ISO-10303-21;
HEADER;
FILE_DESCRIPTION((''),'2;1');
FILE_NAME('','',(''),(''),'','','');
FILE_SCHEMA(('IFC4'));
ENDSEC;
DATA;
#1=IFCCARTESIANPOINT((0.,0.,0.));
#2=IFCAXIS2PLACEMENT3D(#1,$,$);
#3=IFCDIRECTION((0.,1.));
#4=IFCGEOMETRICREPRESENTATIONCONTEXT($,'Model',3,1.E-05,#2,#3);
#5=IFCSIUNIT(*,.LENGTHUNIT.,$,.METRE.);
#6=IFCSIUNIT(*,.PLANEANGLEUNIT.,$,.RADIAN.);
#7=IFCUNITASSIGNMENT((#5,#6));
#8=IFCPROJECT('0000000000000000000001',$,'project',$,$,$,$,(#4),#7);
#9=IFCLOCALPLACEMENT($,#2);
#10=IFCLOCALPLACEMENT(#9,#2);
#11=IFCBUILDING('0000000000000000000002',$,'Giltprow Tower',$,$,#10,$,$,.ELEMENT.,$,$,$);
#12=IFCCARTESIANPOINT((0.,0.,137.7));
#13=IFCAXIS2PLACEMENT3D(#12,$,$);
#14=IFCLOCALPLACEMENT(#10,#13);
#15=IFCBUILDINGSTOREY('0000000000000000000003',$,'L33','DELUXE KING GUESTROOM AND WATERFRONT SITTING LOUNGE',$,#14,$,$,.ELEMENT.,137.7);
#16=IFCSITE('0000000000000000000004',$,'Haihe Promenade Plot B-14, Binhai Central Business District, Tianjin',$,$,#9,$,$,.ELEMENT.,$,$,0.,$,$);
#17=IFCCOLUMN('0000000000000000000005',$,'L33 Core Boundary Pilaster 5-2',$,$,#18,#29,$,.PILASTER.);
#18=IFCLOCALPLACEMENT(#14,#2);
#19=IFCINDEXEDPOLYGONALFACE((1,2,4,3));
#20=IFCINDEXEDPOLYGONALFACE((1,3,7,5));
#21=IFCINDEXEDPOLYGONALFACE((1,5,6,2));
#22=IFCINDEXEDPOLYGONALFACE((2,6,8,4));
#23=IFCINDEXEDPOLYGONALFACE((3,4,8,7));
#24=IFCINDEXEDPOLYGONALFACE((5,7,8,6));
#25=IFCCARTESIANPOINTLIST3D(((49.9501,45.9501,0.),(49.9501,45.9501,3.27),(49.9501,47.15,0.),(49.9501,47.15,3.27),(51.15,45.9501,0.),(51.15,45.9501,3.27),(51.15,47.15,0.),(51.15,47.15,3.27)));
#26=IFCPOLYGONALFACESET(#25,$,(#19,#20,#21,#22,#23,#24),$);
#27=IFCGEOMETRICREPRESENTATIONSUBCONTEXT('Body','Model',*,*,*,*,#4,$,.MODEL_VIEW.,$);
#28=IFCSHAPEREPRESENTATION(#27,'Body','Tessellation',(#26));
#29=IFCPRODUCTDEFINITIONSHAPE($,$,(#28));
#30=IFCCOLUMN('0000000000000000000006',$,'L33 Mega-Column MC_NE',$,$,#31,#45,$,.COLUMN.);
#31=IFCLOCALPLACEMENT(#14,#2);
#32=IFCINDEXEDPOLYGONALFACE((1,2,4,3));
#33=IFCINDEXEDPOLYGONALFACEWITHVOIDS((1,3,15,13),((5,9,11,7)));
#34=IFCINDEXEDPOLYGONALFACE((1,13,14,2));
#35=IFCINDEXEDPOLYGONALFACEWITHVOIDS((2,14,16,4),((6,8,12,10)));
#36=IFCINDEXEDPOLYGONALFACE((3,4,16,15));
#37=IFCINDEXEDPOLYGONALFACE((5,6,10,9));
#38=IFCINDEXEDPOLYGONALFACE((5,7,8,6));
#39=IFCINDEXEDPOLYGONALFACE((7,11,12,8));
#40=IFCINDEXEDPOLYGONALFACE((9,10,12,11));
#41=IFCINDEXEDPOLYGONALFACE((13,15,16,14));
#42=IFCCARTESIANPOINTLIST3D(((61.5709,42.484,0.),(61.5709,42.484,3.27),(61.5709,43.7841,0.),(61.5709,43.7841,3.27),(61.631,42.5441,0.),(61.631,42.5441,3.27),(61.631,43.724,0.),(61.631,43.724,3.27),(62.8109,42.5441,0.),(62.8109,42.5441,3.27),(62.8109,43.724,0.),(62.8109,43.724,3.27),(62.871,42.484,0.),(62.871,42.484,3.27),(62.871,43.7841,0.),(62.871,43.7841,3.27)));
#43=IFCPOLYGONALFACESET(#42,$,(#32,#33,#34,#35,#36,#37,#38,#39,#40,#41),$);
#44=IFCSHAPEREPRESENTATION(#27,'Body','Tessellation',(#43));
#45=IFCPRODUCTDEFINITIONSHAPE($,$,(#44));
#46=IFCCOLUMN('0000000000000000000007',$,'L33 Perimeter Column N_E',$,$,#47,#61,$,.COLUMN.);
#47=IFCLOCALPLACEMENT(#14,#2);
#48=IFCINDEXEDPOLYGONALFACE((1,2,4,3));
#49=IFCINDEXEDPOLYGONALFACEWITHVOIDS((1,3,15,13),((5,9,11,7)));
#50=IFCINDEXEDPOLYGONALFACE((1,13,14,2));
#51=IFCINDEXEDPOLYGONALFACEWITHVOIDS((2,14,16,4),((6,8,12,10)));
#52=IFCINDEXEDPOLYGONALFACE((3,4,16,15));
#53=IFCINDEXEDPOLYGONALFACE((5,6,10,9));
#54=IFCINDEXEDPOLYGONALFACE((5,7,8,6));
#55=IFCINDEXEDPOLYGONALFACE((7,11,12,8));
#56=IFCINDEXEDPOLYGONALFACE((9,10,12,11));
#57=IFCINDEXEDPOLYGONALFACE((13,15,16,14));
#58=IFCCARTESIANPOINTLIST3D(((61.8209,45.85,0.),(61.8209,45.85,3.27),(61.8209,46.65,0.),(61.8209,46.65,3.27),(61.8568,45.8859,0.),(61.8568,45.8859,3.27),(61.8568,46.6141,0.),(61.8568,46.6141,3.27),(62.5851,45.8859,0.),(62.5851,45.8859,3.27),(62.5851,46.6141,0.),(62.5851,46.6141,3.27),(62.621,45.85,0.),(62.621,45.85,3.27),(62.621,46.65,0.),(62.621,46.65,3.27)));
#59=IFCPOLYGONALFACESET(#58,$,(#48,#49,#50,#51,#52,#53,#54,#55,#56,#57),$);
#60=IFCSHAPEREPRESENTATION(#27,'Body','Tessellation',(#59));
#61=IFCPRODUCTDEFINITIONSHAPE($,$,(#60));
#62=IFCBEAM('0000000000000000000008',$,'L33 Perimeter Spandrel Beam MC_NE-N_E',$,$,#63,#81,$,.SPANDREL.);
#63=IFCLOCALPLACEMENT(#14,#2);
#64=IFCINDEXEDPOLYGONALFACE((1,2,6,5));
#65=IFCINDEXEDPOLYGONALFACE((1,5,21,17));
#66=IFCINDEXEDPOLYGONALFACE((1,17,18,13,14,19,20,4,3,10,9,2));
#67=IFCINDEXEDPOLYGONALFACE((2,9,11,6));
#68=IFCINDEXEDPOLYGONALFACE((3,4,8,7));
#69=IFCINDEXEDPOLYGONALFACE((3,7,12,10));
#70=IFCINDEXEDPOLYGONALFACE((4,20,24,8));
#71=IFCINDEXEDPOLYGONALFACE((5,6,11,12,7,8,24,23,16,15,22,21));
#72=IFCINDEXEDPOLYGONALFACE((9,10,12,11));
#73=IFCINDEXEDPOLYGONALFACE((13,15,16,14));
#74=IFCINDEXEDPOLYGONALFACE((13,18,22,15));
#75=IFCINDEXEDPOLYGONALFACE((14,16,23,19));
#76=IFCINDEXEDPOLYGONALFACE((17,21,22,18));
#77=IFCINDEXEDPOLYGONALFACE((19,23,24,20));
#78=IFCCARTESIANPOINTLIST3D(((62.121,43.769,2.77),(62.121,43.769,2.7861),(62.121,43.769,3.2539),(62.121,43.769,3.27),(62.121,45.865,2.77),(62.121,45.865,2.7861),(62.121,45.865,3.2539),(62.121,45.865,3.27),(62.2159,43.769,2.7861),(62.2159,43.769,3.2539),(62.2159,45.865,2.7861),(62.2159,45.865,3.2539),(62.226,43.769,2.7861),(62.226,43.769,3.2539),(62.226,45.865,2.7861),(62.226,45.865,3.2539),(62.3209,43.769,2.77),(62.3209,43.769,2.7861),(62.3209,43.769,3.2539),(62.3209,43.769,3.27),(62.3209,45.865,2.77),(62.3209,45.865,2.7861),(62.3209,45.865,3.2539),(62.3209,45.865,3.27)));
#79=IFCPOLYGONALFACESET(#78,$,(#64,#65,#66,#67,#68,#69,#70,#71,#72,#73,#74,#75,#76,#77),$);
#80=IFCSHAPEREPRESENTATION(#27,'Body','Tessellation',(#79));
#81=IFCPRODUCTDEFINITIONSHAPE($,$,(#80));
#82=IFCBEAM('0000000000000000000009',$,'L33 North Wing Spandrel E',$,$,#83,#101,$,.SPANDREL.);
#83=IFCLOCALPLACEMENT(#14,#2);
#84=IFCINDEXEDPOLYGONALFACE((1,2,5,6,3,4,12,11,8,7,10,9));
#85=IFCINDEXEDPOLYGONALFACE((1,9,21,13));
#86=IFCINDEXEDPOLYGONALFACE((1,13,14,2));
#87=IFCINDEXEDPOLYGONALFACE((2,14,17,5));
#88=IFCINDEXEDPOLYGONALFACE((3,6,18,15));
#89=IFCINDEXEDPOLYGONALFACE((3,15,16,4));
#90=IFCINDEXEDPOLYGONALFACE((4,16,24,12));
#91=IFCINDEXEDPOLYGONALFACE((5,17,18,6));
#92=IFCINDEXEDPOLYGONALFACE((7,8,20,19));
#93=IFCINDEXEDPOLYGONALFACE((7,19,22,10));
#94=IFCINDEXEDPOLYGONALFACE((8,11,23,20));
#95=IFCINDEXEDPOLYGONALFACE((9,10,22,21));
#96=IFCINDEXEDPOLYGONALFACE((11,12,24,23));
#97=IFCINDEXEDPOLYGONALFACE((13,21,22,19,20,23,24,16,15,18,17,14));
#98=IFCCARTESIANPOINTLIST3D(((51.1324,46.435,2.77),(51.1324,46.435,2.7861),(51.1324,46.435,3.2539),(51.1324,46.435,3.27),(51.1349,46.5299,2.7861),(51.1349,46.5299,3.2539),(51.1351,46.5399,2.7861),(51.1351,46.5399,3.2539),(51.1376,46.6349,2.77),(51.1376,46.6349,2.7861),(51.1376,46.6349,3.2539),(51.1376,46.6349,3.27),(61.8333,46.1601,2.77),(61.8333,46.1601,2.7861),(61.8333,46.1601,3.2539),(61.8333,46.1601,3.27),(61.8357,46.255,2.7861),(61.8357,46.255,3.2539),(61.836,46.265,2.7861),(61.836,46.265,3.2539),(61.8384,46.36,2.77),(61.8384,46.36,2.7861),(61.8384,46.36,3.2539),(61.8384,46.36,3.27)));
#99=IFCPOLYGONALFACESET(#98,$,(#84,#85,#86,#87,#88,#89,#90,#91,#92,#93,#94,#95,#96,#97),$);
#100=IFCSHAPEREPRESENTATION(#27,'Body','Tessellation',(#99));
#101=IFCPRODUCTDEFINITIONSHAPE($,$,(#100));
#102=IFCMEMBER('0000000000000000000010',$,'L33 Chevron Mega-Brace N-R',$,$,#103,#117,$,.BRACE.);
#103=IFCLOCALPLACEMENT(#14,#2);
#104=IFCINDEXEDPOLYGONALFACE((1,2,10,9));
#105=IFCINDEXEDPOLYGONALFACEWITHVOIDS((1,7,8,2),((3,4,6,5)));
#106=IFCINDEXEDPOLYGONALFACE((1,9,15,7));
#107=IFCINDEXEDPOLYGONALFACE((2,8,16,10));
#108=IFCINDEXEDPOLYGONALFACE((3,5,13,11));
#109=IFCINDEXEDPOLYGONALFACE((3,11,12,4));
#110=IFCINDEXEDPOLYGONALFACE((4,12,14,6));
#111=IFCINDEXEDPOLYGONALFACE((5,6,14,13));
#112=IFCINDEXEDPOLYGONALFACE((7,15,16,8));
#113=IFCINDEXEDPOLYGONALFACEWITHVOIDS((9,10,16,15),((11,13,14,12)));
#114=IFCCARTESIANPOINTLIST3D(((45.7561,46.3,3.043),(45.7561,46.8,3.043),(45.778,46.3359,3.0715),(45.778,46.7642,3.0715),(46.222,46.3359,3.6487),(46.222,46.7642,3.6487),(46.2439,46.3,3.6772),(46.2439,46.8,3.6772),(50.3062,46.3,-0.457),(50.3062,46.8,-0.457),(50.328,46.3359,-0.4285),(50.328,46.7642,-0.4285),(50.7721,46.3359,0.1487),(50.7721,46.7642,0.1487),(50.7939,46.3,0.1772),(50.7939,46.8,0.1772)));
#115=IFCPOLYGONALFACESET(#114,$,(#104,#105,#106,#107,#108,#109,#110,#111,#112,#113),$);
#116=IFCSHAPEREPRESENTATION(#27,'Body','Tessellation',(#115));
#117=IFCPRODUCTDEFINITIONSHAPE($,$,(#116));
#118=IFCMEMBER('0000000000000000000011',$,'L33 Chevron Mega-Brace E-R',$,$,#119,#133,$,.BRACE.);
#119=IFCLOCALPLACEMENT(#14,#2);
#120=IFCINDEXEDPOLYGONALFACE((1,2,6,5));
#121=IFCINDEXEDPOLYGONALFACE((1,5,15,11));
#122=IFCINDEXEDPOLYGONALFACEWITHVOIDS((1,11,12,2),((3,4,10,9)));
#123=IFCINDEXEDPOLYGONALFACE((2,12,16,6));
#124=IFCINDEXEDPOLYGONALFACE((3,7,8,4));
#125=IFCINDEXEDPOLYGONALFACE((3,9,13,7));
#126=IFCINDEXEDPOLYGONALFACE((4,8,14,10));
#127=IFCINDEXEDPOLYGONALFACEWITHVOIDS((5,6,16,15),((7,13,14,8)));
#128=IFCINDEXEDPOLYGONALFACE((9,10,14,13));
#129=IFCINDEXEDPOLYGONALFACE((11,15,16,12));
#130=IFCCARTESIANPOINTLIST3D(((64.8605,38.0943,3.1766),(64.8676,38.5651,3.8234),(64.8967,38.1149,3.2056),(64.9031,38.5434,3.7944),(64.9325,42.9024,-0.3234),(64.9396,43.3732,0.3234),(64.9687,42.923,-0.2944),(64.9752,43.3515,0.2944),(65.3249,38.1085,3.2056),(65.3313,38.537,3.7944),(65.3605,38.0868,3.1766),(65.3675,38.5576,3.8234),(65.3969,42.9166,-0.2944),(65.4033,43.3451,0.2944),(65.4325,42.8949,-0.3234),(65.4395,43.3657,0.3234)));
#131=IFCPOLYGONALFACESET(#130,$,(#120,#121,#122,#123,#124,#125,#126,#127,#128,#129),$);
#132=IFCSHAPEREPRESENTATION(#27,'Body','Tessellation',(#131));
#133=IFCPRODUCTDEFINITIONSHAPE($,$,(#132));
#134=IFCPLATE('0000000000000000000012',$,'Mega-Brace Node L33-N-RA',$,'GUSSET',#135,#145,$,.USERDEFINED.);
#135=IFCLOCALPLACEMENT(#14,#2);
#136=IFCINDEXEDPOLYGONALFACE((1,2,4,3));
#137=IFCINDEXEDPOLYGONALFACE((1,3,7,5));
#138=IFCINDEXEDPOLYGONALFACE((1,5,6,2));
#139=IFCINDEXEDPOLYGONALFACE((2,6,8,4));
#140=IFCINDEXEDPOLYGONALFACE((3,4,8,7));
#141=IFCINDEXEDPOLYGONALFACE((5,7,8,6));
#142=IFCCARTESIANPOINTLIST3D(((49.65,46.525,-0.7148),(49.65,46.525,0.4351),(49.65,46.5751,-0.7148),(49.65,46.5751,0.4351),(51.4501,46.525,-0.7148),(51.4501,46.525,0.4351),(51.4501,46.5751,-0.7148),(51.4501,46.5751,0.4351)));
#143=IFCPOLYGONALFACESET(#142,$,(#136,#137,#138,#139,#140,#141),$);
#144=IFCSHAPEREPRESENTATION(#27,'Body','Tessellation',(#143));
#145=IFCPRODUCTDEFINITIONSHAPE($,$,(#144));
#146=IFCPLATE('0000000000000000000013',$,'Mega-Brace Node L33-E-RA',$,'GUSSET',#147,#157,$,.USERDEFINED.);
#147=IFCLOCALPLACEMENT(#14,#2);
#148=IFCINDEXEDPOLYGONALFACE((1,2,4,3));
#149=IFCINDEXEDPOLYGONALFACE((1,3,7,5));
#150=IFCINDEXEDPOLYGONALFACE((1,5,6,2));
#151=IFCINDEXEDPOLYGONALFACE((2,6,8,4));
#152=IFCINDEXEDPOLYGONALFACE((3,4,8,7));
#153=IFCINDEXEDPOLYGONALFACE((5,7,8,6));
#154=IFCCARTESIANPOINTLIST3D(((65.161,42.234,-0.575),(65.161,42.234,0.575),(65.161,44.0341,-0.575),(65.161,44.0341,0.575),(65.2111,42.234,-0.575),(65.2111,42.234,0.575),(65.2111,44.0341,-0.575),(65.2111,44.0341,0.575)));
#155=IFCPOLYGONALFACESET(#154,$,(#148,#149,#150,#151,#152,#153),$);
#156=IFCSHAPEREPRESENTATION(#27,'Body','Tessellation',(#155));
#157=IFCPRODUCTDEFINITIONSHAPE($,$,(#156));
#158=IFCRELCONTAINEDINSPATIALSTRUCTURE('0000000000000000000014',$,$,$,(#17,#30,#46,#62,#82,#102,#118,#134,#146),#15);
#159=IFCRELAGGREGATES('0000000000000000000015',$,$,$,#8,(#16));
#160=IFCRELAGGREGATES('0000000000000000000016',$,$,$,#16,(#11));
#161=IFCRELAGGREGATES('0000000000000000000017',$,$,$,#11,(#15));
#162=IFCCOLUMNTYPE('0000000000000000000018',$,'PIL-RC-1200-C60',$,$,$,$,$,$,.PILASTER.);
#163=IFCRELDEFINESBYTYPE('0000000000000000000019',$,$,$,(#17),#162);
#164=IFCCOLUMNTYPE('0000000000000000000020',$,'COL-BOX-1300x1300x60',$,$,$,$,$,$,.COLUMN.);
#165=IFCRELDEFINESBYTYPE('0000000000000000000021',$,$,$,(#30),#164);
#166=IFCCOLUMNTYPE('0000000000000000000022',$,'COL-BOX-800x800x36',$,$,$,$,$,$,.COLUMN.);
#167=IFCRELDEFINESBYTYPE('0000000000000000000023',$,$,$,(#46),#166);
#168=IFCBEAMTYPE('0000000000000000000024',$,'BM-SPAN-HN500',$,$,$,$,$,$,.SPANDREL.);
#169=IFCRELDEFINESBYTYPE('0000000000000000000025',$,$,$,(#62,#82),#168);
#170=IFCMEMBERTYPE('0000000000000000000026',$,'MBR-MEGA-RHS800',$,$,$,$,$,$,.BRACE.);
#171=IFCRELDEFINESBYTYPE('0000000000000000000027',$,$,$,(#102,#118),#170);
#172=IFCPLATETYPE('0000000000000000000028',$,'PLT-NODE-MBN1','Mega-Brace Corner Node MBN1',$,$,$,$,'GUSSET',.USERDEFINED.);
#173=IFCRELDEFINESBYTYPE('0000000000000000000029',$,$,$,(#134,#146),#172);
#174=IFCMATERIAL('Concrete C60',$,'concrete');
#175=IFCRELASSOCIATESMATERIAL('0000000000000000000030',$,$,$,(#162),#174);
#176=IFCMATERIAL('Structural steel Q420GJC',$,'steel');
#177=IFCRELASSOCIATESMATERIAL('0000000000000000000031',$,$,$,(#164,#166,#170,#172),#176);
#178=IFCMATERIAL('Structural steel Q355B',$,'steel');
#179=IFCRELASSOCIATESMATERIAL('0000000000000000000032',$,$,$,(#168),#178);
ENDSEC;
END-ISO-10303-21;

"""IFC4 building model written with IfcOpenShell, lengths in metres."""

from ifc_helpers import new_model, si_unit, direction, frame, origin, origin_2d, place, context, subcontext, project, spatial, rectangle, hollow_rectangle, i_section, extrude, source, transform, mapped, material, material_profile, profile_set, type_object, element, save


model = new_model("IFC4")

# Units and contexts
model_context = context("Model", 3, precision=1e-05, world=origin(), true_north=direction((0.0, 1.0)))
body_context = subcontext(model_context, "Body", "Model", "MODEL_VIEW")
ifc_project = project(units=[si_unit("LENGTHUNIT", "METRE"), si_unit("PLANEANGLEUNIT", "RADIAN")], contexts=[model_context])

# Site, building, storey
site_placement = place(None, origin())
site = spatial("IfcSite", under=ifc_project, at=site_placement, Name="Haihe Promenade Plot B-14, Binhai Central Business District, Tianjin", CompositionType="ELEMENT", RefElevation=0.0)
building_placement = place(site_placement, origin())
building = spatial("IfcBuilding", under=site, at=building_placement, Name="Giltprow Tower", CompositionType="ELEMENT")
storey_placement = place(building_placement, frame((0.0, 0.0, 137.7)))
storey = spatial("IfcBuildingStorey", under=building, at=storey_placement, Name="L33", Description="DELUXE KING GUESTROOM AND WATERFRONT SITTING LOUNGE", CompositionType="ELEMENT", Elevation=137.7)

# Columns
ifc_material_1 = material(Name="Concrete C60", Category="concrete")
ifc_material_profile_1 = material_profile(ifc_material_1, rectangle(XDim=1.2, YDim=1.2, at=origin_2d()), Name="RC 1200x1200")
ifc_profile_set_1 = profile_set([ifc_material_profile_1], Name="Concrete C60")
column_type_1 = type_object("IfcColumnType", Name="PIL-RC-1200-C60", PredefinedType="PILASTER", material=ifc_profile_set_1)
shared_shape_1 = source(origin(), body_context, "Body", "SweptSolid", [
    extrude(rectangle(XDim=1.2, YDim=1.2, at=origin_2d()), origin(), (0.0, 0.0, 1.0), 3.27),
])
column_1_placement = place(storey_placement, frame((50.55, 46.55, 0.0), z_axis=(0.0, 0.0, 1.0), x_axis=(1.0, 0.0, 0.0)))
element("IfcColumn", 1, at=column_1_placement, inside=storey, type_object=column_type_1, Name="L33 Core Boundary Pilaster 5-2", PredefinedType="PILASTER", context=body_context, shape_type="MappedRepresentation", body=[
    mapped(shared_shape_1, transform((0.0, 0.0, 0.0), x_axis=(1.0, 0.0, 0.0), y_axis=(0.0, 1.0, 0.0), z_axis=(0.0, 0.0, 1.0), scale=1.0)),
])
ifc_material_2 = material(Name="Structural steel Q420GJC", Category="steel")
ifc_material_profile_2 = material_profile(ifc_material_2, hollow_rectangle(XDim=1.3, YDim=1.3, WallThickness=0.0601, at=origin_2d()), Name="BOX 1300x1300x60")
ifc_profile_set_2 = profile_set([ifc_material_profile_2], Name="Structural steel Q420GJC")
column_type_2 = type_object("IfcColumnType", Name="COL-BOX-1300x1300x60", PredefinedType="COLUMN", material=ifc_profile_set_2)
shared_shape_2 = source(origin(), body_context, "Body", "SweptSolid", [
    extrude(hollow_rectangle(XDim=1.3, YDim=1.3, WallThickness=0.0601, at=origin_2d()), origin(), (0.0, 0.0, 1.0), 3.27),
])
column_2_placement = place(storey_placement, frame((62.2209, 43.134, 0.0), z_axis=(0.0, 0.0, 1.0), x_axis=(1.0, 0.0, 0.0)))
element("IfcColumn", 2, at=column_2_placement, inside=storey, type_object=column_type_2, Name="L33 Mega-Column MC_NE", PredefinedType="COLUMN", context=body_context, shape_type="MappedRepresentation", body=[
    mapped(shared_shape_2, transform((0.0, 0.0, 0.0), x_axis=(1.0, 0.0, 0.0), y_axis=(0.0, 1.0, 0.0), z_axis=(0.0, 0.0, 1.0), scale=1.0)),
])
ifc_material_profile_3 = material_profile(ifc_material_2, hollow_rectangle(XDim=0.8, YDim=0.8, WallThickness=0.0359, at=origin_2d()), Name="BOX 800x800x36")
ifc_profile_set_3 = profile_set([ifc_material_profile_3], Name="Structural steel Q420GJC")
column_type_3 = type_object("IfcColumnType", Name="COL-BOX-800x800x36", PredefinedType="COLUMN", material=ifc_profile_set_3)
shared_shape_3 = source(origin(), body_context, "Body", "SweptSolid", [
    extrude(hollow_rectangle(XDim=0.8, YDim=0.8, WallThickness=0.0359, at=origin_2d()), origin(), (0.0, 0.0, 1.0), 3.27),
])
column_3_placement = place(storey_placement, frame((62.2209, 46.25, 0.0), z_axis=(0.0, 0.0, 1.0), x_axis=(1.0, 0.0, 0.0)))
element("IfcColumn", 3, at=column_3_placement, inside=storey, type_object=column_type_3, Name="L33 Perimeter Column N_E", PredefinedType="COLUMN", context=body_context, shape_type="MappedRepresentation", body=[
    mapped(shared_shape_3, transform((0.0, 0.0, 0.0), x_axis=(1.0, 0.0, 0.0), y_axis=(0.0, 1.0, 0.0), z_axis=(0.0, 0.0, 1.0), scale=1.0)),
])

# Beams
ifc_material_3 = material(Name="Structural steel Q355B", Category="steel")
ifc_material_profile_4 = material_profile(ifc_material_3, i_section(OverallWidth=0.2, OverallDepth=0.5, WebThickness=0.01, FlangeThickness=0.0161, at=origin_2d()), Name="HN 500x200x10x16")
ifc_profile_set_4 = profile_set([ifc_material_profile_4], Name="Structural steel Q355B")
beam_type = type_object("IfcBeamType", Name="BM-SPAN-HN500", PredefinedType="SPANDREL", material=ifc_profile_set_4)
shared_shape_4 = source(origin(), body_context, "Body", "SweptSolid", [
    extrude(i_section(OverallWidth=0.2, OverallDepth=0.5, WebThickness=0.01, FlangeThickness=0.0161, at=origin_2d()), origin(), (0.0, 0.0, 1.0), 2.0959),
])
beam_1_placement = place(storey_placement, frame((62.2209, 43.769, 3.02), z_axis=(0.0, 1.0, 0.0), x_axis=(-1.0, 0.0, 0.0)))
element("IfcBeam", 4, at=beam_1_placement, inside=storey, type_object=beam_type, Name="L33 Perimeter Spandrel Beam MC_NE-N_E", PredefinedType="SPANDREL", context=body_context, shape_type="MappedRepresentation", body=[
    mapped(shared_shape_4, transform((0.0, 0.0, 0.0), x_axis=(1.0, 0.0, 0.0), y_axis=(0.0, 1.0, 0.0), z_axis=(0.0, 0.0, 1.0), scale=1.0)),
])
shared_shape_5 = source(origin(), body_context, "Body", "SweptSolid", [
    extrude(i_section(OverallWidth=0.2, OverallDepth=0.5, WebThickness=0.01, FlangeThickness=0.0161, at=origin_2d()), origin(), (0.0, 0.0, 1.0), 10.7043),
])
beam_2_placement = place(storey_placement, frame((51.135, 46.5349, 3.02), z_axis=(0.99967, -0.025681, 0.0), x_axis=(0.025681, 0.99967, 0.0)))
element("IfcBeam", 5, at=beam_2_placement, inside=storey, type_object=beam_type, Name="L33 North Wing Spandrel E", PredefinedType="SPANDREL", context=body_context, shape_type="MappedRepresentation", body=[
    mapped(shared_shape_5, transform((0.0, 0.0, 0.0), x_axis=(1.0, 0.0, 0.0), y_axis=(0.0, 1.0, 0.0), z_axis=(0.0, 0.0, 1.0), scale=1.0)),
])

# Members
ifc_material_profile_5 = material_profile(ifc_material_2, hollow_rectangle(XDim=0.5, YDim=0.8, WallThickness=0.0359, at=origin_2d()), Name="RHS 800x500x36")
ifc_profile_set_5 = profile_set([ifc_material_profile_5], Name="Structural steel Q420GJC")
member_type = type_object("IfcMemberType", Name="MBR-MEGA-RHS800", PredefinedType="BRACE", material=ifc_profile_set_5)
shared_shape_6 = source(origin(), body_context, "Body", "SweptSolid", [
    extrude(hollow_rectangle(XDim=0.5, YDim=0.8, WallThickness=0.0359, at=origin_2d()), origin(), (0.0, 0.0, 1.0), 5.7405),
])
member_1_placement = place(storey_placement, frame((50.55, 46.55, -0.1399), z_axis=(-0.792627, 0.0, 0.609707), x_axis=(0.0, -1.0, 0.0)))
element("IfcMember", 6, at=member_1_placement, inside=storey, type_object=member_type, Name="L33 Chevron Mega-Brace N-R", PredefinedType="BRACE", context=body_context, shape_type="MappedRepresentation", body=[
    mapped(shared_shape_6, transform((0.0, 0.0, 0.0), x_axis=(1.0, 0.0, 0.0), y_axis=(0.0, 1.0, 0.0), z_axis=(0.0, 0.0, 1.0), scale=1.0)),
])
shared_shape_7 = source(origin(), body_context, "Body", "SweptSolid", [
    extrude(hollow_rectangle(XDim=0.5, YDim=0.8, WallThickness=0.0359, at=origin_2d()), origin(), (0.0, 0.0, 1.0), 5.9475),
])
member_2_placement = place(storey_placement, frame((65.186, 43.134, 0.0), z_axis=(-0.012109, -0.808421, 0.58848), x_axis=(0.999888, -0.014978, 0.0)))
element("IfcMember", 7, at=member_2_placement, inside=storey, type_object=member_type, Name="L33 Chevron Mega-Brace E-R", PredefinedType="BRACE", context=body_context, shape_type="MappedRepresentation", body=[
    mapped(shared_shape_7, transform((0.0, 0.0, 0.0), x_axis=(1.0, 0.0, 0.0), y_axis=(0.0, 1.0, 0.0), z_axis=(0.0, 0.0, 1.0), scale=1.0)),
])

# Plates
plate_type = type_object("IfcPlateType", Name="PLT-NODE-MBN1", Description="Mega-Brace Corner Node MBN1", ElementType="GUSSET", PredefinedType="USERDEFINED", material=ifc_material_2)
shared_shape_8 = source(origin(), body_context, "Body", "SweptSolid", [
    extrude(rectangle(XDim=1.8, YDim=0.05, at=origin_2d()), origin(), (0.0, 0.0, 1.0), 1.1499),
])
for number, where, z_axis, x_axis, name in (
    (8, (50.55, 46.55, -0.7148), (0.0, 0.0, 1.0), (1.0, 0.0, 0.0), "Mega-Brace Node L33-N-RA"),
    (9, (65.186, 43.134, -0.575), (0.0, 0.0, 1.0), (0.0, 1.0, 0.0), "Mega-Brace Node L33-E-RA"),
):
    element("IfcPlate", number, at=place(storey_placement, frame(where, z_axis=z_axis, x_axis=x_axis)), inside=storey, type_object=plate_type, Name=name, ObjectType="GUSSET", PredefinedType="USERDEFINED", context=body_context, shape_type="MappedRepresentation", body=[
        mapped(shared_shape_8, transform((0.0, 0.0, 0.0), x_axis=(1.0, 0.0, 0.0), y_axis=(0.0, 1.0, 0.0), z_axis=(0.0, 0.0, 1.0), scale=1.0)),
    ])

save(model, "model.ifc")
